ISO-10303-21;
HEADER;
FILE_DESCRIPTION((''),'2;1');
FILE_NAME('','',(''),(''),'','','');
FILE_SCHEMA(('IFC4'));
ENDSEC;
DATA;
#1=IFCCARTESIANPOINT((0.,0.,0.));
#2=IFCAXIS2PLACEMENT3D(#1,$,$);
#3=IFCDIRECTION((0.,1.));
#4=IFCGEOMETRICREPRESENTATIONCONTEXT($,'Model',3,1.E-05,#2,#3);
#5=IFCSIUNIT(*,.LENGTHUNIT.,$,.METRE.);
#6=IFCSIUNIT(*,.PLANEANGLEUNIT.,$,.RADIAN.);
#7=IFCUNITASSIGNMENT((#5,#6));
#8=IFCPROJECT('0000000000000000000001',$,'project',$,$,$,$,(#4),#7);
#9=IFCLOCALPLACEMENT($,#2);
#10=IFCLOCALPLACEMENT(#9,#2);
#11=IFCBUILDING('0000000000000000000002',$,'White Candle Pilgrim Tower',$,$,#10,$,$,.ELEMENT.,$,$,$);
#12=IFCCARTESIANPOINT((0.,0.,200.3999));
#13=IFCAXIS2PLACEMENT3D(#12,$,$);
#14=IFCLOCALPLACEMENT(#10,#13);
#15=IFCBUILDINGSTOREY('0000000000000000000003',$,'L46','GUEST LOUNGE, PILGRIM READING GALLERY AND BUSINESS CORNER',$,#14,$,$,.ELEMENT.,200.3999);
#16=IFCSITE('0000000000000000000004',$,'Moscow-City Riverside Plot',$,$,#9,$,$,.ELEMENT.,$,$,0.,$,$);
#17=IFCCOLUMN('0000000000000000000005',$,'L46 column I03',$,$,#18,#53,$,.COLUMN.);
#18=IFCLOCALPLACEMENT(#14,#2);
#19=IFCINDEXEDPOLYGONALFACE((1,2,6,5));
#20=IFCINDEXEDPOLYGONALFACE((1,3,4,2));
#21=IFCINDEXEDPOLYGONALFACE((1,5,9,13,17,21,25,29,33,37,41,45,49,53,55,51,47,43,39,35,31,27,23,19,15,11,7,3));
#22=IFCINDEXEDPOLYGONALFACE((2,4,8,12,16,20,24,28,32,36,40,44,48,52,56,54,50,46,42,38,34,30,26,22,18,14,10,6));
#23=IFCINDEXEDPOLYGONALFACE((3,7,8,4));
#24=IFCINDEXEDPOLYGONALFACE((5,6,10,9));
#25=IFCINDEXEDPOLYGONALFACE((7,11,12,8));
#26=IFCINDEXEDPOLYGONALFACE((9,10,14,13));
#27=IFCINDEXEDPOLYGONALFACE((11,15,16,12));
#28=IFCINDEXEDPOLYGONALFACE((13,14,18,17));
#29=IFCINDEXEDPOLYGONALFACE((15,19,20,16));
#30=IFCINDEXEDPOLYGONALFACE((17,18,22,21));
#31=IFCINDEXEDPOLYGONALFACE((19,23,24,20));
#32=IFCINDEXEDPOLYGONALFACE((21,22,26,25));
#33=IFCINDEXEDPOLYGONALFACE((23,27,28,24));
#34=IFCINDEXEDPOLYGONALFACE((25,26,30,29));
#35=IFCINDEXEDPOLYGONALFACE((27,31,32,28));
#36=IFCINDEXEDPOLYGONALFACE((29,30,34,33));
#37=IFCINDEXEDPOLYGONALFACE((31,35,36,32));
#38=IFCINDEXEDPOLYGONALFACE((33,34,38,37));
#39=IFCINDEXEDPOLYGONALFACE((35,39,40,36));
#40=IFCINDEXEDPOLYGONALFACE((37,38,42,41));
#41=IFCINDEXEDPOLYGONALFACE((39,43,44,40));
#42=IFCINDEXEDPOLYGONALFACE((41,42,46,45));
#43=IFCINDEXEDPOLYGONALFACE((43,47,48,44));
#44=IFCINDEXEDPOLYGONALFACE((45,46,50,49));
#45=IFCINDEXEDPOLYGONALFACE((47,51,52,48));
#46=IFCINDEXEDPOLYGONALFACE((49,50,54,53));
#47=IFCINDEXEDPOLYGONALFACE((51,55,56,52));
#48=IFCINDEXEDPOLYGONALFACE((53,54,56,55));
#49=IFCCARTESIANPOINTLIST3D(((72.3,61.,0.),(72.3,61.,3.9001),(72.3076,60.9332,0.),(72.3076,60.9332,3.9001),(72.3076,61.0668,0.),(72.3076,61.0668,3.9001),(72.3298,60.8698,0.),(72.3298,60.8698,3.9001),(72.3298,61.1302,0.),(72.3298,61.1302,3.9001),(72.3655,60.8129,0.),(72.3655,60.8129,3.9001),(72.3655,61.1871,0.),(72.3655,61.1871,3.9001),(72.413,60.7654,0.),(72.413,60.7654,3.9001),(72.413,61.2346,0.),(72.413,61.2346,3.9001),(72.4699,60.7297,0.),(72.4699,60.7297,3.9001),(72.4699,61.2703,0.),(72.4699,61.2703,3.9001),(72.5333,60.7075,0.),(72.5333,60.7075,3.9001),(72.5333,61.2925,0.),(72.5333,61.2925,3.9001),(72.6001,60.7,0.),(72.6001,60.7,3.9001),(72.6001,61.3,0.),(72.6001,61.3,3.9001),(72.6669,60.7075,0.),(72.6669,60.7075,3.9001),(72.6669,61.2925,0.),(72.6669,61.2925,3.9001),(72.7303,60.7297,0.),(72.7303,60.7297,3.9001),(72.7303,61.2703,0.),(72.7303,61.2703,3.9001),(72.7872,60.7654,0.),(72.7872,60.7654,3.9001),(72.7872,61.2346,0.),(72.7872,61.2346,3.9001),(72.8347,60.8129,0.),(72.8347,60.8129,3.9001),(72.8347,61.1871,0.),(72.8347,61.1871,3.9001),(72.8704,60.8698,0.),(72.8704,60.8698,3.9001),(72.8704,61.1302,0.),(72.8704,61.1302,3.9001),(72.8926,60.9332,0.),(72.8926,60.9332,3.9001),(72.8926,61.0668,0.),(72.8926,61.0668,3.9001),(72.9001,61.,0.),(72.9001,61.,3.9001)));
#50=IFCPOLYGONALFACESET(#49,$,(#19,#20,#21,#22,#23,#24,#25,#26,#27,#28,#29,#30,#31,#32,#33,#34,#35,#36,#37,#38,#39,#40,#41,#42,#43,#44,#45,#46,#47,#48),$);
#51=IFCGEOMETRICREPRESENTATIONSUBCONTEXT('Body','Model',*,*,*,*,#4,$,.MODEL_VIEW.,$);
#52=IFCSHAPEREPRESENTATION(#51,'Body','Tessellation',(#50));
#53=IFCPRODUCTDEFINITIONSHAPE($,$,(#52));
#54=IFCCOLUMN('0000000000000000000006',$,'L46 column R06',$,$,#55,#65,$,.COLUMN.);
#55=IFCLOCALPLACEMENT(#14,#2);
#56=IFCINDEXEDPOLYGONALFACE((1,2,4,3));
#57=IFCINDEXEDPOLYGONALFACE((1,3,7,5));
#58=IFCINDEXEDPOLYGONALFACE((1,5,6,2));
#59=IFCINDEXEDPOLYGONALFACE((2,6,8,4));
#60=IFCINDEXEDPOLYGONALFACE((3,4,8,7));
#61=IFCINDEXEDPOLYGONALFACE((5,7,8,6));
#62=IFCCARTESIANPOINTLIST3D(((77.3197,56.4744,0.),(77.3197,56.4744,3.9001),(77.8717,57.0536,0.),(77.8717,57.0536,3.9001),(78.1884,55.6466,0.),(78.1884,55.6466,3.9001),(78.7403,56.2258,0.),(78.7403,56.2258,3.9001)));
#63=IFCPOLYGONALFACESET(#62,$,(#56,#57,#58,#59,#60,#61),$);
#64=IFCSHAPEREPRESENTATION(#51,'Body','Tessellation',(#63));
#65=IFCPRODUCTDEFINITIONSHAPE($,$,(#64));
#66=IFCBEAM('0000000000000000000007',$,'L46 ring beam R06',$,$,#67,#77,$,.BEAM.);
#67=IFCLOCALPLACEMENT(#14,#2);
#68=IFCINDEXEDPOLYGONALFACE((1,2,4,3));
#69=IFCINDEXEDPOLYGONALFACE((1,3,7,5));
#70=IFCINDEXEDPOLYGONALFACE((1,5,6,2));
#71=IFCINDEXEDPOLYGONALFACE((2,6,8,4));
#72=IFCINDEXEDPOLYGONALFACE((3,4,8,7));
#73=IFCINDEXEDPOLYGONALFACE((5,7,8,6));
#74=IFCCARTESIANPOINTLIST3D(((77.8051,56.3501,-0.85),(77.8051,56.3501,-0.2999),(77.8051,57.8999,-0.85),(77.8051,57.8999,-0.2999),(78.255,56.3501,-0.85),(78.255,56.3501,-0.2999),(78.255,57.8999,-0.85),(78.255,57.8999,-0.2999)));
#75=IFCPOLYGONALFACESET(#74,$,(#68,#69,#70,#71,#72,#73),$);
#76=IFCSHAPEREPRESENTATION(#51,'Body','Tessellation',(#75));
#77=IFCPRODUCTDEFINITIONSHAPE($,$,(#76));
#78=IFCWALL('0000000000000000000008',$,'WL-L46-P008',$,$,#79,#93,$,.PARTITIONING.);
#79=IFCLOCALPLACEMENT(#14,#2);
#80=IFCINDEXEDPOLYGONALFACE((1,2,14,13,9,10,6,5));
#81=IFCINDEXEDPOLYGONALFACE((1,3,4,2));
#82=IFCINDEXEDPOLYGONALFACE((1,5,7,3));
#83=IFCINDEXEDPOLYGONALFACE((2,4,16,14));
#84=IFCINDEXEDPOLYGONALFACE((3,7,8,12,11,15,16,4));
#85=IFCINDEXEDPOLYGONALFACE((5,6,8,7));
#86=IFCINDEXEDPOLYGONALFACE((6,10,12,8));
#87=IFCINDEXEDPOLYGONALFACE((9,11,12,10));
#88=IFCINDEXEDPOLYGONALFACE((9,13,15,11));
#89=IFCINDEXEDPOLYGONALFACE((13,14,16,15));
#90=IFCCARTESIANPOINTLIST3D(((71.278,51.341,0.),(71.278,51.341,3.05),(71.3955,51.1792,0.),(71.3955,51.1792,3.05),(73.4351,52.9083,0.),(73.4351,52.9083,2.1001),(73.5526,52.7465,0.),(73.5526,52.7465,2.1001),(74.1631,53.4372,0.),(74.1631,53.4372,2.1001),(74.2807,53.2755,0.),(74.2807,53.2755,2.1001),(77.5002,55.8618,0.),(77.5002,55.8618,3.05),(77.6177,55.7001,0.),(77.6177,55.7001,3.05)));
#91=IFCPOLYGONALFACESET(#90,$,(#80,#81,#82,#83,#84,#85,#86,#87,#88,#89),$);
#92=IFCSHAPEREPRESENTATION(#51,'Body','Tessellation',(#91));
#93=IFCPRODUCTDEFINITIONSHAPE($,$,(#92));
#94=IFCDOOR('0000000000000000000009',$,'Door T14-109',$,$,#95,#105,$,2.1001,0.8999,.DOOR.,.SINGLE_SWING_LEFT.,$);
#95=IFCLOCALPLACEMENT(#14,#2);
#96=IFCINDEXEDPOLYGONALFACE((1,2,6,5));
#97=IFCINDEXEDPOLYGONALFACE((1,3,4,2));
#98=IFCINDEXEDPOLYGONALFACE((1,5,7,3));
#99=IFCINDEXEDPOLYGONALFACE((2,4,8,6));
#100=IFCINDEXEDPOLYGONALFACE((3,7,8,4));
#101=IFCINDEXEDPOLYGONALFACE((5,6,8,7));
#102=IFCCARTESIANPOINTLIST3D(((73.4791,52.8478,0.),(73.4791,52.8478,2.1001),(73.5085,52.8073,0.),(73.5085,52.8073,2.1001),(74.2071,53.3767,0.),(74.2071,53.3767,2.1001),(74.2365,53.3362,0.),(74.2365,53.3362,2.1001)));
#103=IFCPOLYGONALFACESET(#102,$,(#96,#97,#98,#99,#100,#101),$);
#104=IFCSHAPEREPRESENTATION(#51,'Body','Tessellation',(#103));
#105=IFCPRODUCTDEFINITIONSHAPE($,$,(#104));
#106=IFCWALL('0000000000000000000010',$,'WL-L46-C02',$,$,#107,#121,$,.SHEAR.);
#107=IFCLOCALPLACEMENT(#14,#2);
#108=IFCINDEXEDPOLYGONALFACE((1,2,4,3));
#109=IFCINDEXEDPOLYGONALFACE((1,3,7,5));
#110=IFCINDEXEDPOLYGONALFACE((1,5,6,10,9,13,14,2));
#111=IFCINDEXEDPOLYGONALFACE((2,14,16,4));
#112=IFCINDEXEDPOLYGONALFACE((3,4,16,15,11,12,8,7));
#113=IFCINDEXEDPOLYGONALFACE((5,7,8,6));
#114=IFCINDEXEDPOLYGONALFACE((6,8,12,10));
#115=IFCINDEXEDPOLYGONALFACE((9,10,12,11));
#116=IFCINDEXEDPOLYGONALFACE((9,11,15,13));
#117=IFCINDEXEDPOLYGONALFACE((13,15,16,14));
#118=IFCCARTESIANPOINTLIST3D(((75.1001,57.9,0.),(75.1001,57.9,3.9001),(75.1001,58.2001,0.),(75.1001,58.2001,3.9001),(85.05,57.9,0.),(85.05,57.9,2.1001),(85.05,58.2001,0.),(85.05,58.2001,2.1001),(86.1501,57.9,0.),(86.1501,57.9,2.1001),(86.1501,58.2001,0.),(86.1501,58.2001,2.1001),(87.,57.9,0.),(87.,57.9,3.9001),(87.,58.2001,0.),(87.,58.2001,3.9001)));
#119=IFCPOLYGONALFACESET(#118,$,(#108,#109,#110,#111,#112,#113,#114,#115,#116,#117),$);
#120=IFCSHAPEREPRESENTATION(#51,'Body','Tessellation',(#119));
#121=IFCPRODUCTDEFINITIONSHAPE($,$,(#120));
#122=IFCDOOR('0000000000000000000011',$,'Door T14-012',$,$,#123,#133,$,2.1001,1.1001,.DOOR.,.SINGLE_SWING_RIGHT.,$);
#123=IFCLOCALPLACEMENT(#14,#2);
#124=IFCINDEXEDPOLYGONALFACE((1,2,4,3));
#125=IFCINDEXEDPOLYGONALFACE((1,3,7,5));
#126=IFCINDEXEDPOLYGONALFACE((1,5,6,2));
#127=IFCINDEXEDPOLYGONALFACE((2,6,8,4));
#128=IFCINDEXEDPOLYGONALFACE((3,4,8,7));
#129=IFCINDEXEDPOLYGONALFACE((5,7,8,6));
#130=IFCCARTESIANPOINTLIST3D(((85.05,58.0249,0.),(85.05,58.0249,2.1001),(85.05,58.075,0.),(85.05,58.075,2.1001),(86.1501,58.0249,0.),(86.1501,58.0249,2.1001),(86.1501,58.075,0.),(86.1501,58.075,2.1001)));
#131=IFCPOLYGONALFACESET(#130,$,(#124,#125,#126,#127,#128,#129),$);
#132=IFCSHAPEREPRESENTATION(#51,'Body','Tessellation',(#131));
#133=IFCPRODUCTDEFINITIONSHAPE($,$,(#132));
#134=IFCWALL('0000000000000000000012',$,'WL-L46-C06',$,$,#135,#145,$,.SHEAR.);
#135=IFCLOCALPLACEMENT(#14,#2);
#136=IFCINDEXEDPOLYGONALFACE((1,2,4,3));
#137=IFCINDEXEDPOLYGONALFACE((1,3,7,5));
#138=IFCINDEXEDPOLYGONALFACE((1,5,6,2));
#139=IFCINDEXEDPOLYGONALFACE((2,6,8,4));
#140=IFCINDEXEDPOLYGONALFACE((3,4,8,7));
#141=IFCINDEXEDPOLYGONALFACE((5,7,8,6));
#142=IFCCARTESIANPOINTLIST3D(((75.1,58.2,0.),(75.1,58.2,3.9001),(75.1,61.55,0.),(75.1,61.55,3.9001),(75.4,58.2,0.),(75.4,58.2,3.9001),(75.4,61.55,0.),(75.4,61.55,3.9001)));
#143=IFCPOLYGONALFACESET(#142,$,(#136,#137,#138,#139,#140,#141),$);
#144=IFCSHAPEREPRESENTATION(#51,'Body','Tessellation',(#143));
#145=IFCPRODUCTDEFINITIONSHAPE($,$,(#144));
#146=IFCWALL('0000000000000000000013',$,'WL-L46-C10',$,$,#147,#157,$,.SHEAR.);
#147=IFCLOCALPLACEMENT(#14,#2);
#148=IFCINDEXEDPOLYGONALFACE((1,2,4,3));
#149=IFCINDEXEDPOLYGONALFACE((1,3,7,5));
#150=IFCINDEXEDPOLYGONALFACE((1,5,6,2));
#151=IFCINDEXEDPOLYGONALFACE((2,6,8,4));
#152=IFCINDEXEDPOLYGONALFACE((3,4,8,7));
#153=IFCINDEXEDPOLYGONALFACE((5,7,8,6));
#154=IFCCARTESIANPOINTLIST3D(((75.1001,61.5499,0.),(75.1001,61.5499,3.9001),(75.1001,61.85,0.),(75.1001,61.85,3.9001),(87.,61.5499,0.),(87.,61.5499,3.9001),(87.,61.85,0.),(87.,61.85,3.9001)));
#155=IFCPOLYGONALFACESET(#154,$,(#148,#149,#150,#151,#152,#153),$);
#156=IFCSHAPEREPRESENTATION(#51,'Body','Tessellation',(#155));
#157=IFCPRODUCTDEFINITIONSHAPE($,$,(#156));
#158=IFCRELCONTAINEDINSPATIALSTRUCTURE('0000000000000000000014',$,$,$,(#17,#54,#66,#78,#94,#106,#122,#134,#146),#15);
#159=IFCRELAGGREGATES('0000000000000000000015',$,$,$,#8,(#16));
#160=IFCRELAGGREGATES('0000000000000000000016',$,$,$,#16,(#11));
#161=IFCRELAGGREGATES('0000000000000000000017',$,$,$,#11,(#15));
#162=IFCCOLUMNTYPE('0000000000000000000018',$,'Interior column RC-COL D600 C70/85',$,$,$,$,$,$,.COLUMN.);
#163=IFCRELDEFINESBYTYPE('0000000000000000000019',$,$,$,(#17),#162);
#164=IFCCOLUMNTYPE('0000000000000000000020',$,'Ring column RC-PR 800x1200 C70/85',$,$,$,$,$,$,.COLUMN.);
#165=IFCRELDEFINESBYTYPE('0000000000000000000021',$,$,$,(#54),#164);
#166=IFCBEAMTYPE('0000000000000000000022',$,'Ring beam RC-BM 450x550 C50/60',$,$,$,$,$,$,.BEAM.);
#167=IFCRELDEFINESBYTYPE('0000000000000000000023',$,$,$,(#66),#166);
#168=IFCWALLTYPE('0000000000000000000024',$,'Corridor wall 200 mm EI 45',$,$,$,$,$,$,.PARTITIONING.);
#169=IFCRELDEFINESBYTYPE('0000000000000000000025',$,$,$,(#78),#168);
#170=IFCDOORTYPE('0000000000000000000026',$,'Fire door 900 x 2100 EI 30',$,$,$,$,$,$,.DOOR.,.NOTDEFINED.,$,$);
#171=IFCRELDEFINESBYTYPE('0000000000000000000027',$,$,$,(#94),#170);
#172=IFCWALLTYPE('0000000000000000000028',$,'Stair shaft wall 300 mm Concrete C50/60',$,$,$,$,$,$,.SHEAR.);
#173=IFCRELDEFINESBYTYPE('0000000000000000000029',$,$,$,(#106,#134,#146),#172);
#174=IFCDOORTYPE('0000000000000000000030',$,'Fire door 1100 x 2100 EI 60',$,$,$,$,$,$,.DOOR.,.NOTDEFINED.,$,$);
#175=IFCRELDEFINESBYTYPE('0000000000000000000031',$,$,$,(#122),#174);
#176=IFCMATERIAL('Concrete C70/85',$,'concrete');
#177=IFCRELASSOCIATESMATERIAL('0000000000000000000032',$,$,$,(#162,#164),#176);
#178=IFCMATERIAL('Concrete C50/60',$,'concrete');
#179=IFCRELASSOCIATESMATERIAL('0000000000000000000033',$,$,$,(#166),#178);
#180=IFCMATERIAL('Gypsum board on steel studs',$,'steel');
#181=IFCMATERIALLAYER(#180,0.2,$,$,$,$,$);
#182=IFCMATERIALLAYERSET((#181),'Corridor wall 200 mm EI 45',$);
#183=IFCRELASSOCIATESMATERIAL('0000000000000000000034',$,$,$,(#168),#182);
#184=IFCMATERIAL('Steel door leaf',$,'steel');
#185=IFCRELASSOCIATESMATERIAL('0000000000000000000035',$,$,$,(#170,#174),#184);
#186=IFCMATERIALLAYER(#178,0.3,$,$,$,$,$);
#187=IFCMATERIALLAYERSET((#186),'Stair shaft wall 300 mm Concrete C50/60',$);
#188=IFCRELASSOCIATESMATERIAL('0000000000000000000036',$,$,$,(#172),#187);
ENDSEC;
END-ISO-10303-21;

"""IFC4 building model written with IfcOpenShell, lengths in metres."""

from ifc_helpers import new_model, si_unit, direction, frame, frame_2d, origin, origin_2d, place, context, subcontext, project, spatial, rectangle, circle, extrude, material, layer, layer_set, material_profile, profile_set, type_object, element, fill, save


model = new_model("IFC4")

# Units and contexts
model_context = context("Model", 3, precision=1e-05, world=origin(), true_north=direction((0.0, 1.0)))
body_context = subcontext(model_context, "Body", "Model", "MODEL_VIEW")
ifc_project = project(units=[si_unit("LENGTHUNIT", "METRE"), si_unit("PLANEANGLEUNIT", "RADIAN")], contexts=[model_context])

# Site, building, storey
site_placement = place(None, origin())
site = spatial("IfcSite", under=ifc_project, at=site_placement, Name="Moscow-City Riverside Plot", CompositionType="ELEMENT", RefElevation=0.0)
building_placement = place(site_placement, origin())
building = spatial("IfcBuilding", under=site, at=building_placement, Name="White Candle Pilgrim Tower", CompositionType="ELEMENT")
storey_placement = place(building_placement, frame((0.0, 0.0, 200.3999)))
storey = spatial("IfcBuildingStorey", under=building, at=storey_placement, Name="L46", Description="GUEST LOUNGE, PILGRIM READING GALLERY AND BUSINESS CORNER", CompositionType="ELEMENT", Elevation=200.3999)

# Columns
ifc_material_1 = material(Name="Concrete C70/85", Category="concrete")
ifc_material_profile_1 = material_profile(ifc_material_1, circle(Radius=0.3, at=origin_2d()), Name="RC-COL D600")
ifc_profile_set_1 = profile_set([ifc_material_profile_1], Name="Concrete C70/85")
column_type_1 = type_object("IfcColumnType", Name="Interior column RC-COL D600 C70/85", PredefinedType="COLUMN", material=ifc_profile_set_1)
column_1_placement = place(storey_placement, frame((72.6001, 61.0, 0.0), z_axis=(0.0, 0.0, 1.0), x_axis=(1.0, 0.0, 0.0)))
element("IfcColumn", 1, at=column_1_placement, inside=storey, type_object=column_type_1, Name="L46 column I03", PredefinedType="COLUMN", context=body_context, shape_type="SweptSolid", body=[
    extrude(circle(Radius=0.3, at=origin_2d()), origin(), (0.0, 0.0, 1.0), 3.9001),
])
ifc_material_profile_2 = material_profile(ifc_material_1, rectangle(XDim=0.8, YDim=1.2, at=origin_2d()), Name="RC-PR 800x1200")
ifc_profile_set_2 = profile_set([ifc_material_profile_2], Name="Concrete C70/85")
column_type_2 = type_object("IfcColumnType", Name="Ring column RC-PR 800x1200 C70/85", PredefinedType="COLUMN", material=ifc_profile_set_2)
column_2_placement = place(storey_placement, frame((78.03, 56.3501, 0.0), z_axis=(0.0, 0.0, 1.0), x_axis=(-0.689872, -0.723931, 0.0)))
element("IfcColumn", 2, at=column_2_placement, inside=storey, type_object=column_type_2, Name="L46 column R06", PredefinedType="COLUMN", context=body_context, shape_type="SweptSolid", body=[
    extrude(rectangle(XDim=0.8, YDim=1.2, at=origin_2d()), origin(), (0.0, 0.0, 1.0), 3.9001),
])

# Beam
ifc_material_2 = material(Name="Concrete C50/60", Category="concrete")
ifc_material_profile_3 = material_profile(ifc_material_2, rectangle(XDim=0.45, YDim=0.55, at=origin_2d()), Name="RC-BM 450x550")
ifc_profile_set_3 = profile_set([ifc_material_profile_3], Name="Concrete C50/60")
beam_type = type_object("IfcBeamType", Name="Ring beam RC-BM 450x550 C50/60", PredefinedType="BEAM", material=ifc_profile_set_3)
beam_placement = place(storey_placement, frame((78.03, 56.3501, -0.575), z_axis=(0.0, 1.0, 0.0), x_axis=(-1.0, 0.0, 0.0)))
element("IfcBeam", 3, at=beam_placement, inside=storey, type_object=beam_type, Name="L46 ring beam R06", PredefinedType="BEAM", context=body_context, shape_type="SweptSolid", body=[
    extrude(rectangle(XDim=0.45, YDim=0.55, at=origin_2d()), origin(), (0.0, 0.0, 1.0), 1.5498),
])

# Walls, openings, doors
ifc_material_3 = material(Name="Gypsum board on steel studs", Category="steel")
ifc_layer_1 = layer(ifc_material_3, 0.2)
ifc_layer_set_1 = layer_set([ifc_layer_1], Name="Corridor wall 200 mm EI 45")
wall_type_1 = type_object("IfcWallType", Name="Corridor wall 200 mm EI 45", PredefinedType="PARTITIONING", material=ifc_layer_set_1)
wall_1_placement = place(storey_placement, frame((77.5591, 55.781, 0.0), z_axis=(0.0, 0.0, 1.0), x_axis=(-0.809012, -0.587792, 0.0)))
wall_1 = element("IfcWall", 4, at=wall_1_placement, inside=storey, type_object=wall_type_1, Name="WL-L46-P008", PredefinedType="PARTITIONING", context=body_context, shape_type="SweptSolid", body=[
    extrude(rectangle(XDim=7.6912, YDim=0.2, at=frame_2d((3.8457, 0.0))), origin(), (0.0, 0.0, 1.0), 3.05),
])
opening_1_placement = place(wall_1_placement, frame((4.125, 0.0, 0.0)))
opening_1 = element("IfcOpeningElement", 5, at=opening_1_placement, cuts=wall_1, PredefinedType="OPENING", context=body_context, shape_type="SweptSolid", body=[
    extrude(rectangle(XDim=0.8999, YDim=2.1001, at=frame_2d((0.45, 1.05))), frame((0.0, 0.1099, 0.0), z_axis=(0.0, -1.0, 0.0), x_axis=(1.0, 0.0, 0.0)), (0.0, 0.0, 1.0), 0.22),
])
ifc_material_4 = material(Name="Steel door leaf", Category="steel")
door_type_1 = type_object("IfcDoorType", Name="Fire door 900 x 2100 EI 30", OperationType="NOTDEFINED", PredefinedType="DOOR", material=ifc_material_4)
door_1_placement = place(opening_1_placement, origin())
door_1 = element("IfcDoor", 6, at=door_1_placement, inside=storey, type_object=door_type_1, Name="Door T14-109", OperationType="SINGLE_SWING_LEFT", OverallHeight=2.1001, OverallWidth=0.8999, PredefinedType="DOOR", context=body_context, shape_type="SweptSolid", body=[
    extrude(rectangle(XDim=0.8999, YDim=2.1001, at=frame_2d((0.45, 1.05))), frame((0.0, 0.0249, 0.0), z_axis=(0.0, -1.0, 0.0), x_axis=(1.0, 0.0, 0.0)), (0.0, 0.0, 1.0), 0.05),
])
fill(opening_1, door_1)
ifc_layer_2 = layer(ifc_material_2, 0.3)
ifc_layer_set_2 = layer_set([ifc_layer_2], Name="Stair shaft wall 300 mm Concrete C50/60")
wall_type_2 = type_object("IfcWallType", Name="Stair shaft wall 300 mm Concrete C50/60", PredefinedType="SHEAR", material=ifc_layer_set_2)
wall_2_placement = place(storey_placement, frame((75.1001, 58.05, 0.0), z_axis=(0.0, 0.0, 1.0), x_axis=(1.0, 0.0, 0.0)))
wall_2 = element("IfcWall", 7, at=wall_2_placement, inside=storey, type_object=wall_type_2, Name="WL-L46-C02", PredefinedType="SHEAR", context=body_context, shape_type="SweptSolid", body=[
    extrude(rectangle(XDim=11.8999, YDim=0.3, at=frame_2d((5.95, 0.0))), origin(), (0.0, 0.0, 1.0), 3.9001),
])
opening_2_placement = place(wall_2_placement, frame((9.95, 0.0, 0.0)))
opening_2 = element("IfcOpeningElement", 8, at=opening_2_placement, cuts=wall_2, PredefinedType="OPENING", context=body_context, shape_type="SweptSolid", body=[
    extrude(rectangle(XDim=1.1001, YDim=2.1001, at=frame_2d((0.55, 1.05))), frame((0.0, 0.1599, 0.0), z_axis=(0.0, -1.0, 0.0), x_axis=(1.0, 0.0, 0.0)), (0.0, 0.0, 1.0), 0.3201),
])
door_type_2 = type_object("IfcDoorType", Name="Fire door 1100 x 2100 EI 60", OperationType="NOTDEFINED", PredefinedType="DOOR", material=ifc_material_4)
door_2_placement = place(opening_2_placement, origin())
door_2 = element("IfcDoor", 9, at=door_2_placement, inside=storey, type_object=door_type_2, Name="Door T14-012", OperationType="SINGLE_SWING_RIGHT", OverallHeight=2.1001, OverallWidth=1.1001, PredefinedType="DOOR", context=body_context, shape_type="SweptSolid", body=[
    extrude(rectangle(XDim=1.1001, YDim=2.1001, at=frame_2d((0.55, 1.05))), frame((0.0, 0.0249, 0.0), z_axis=(0.0, -1.0, 0.0), x_axis=(1.0, 0.0, 0.0)), (0.0, 0.0, 1.0), 0.05),
])
fill(opening_2, door_2)

# Walls
wall_3_placement = place(storey_placement, frame((75.25, 58.2, 0.0), z_axis=(0.0, 0.0, 1.0), x_axis=(0.0, 1.0, 0.0)))
element("IfcWall", 10, at=wall_3_placement, inside=storey, type_object=wall_type_2, Name="WL-L46-C06", PredefinedType="SHEAR", context=body_context, shape_type="SweptSolid", body=[
    extrude(rectangle(XDim=3.3501, YDim=0.3, at=frame_2d((1.675, 0.0))), origin(), (0.0, 0.0, 1.0), 3.9001),
])
wall_4_placement = place(storey_placement, frame((75.1001, 61.7, 0.0), z_axis=(0.0, 0.0, 1.0), x_axis=(1.0, 0.0, 0.0)))
element("IfcWall", 11, at=wall_4_placement, inside=storey, type_object=wall_type_2, Name="WL-L46-C10", PredefinedType="SHEAR", context=body_context, shape_type="SweptSolid", body=[
    extrude(rectangle(XDim=11.8999, YDim=0.3, at=frame_2d((5.95, 0.0))), origin(), (0.0, 0.0, 1.0), 3.9001),
])

save(model, "model.ifc")
